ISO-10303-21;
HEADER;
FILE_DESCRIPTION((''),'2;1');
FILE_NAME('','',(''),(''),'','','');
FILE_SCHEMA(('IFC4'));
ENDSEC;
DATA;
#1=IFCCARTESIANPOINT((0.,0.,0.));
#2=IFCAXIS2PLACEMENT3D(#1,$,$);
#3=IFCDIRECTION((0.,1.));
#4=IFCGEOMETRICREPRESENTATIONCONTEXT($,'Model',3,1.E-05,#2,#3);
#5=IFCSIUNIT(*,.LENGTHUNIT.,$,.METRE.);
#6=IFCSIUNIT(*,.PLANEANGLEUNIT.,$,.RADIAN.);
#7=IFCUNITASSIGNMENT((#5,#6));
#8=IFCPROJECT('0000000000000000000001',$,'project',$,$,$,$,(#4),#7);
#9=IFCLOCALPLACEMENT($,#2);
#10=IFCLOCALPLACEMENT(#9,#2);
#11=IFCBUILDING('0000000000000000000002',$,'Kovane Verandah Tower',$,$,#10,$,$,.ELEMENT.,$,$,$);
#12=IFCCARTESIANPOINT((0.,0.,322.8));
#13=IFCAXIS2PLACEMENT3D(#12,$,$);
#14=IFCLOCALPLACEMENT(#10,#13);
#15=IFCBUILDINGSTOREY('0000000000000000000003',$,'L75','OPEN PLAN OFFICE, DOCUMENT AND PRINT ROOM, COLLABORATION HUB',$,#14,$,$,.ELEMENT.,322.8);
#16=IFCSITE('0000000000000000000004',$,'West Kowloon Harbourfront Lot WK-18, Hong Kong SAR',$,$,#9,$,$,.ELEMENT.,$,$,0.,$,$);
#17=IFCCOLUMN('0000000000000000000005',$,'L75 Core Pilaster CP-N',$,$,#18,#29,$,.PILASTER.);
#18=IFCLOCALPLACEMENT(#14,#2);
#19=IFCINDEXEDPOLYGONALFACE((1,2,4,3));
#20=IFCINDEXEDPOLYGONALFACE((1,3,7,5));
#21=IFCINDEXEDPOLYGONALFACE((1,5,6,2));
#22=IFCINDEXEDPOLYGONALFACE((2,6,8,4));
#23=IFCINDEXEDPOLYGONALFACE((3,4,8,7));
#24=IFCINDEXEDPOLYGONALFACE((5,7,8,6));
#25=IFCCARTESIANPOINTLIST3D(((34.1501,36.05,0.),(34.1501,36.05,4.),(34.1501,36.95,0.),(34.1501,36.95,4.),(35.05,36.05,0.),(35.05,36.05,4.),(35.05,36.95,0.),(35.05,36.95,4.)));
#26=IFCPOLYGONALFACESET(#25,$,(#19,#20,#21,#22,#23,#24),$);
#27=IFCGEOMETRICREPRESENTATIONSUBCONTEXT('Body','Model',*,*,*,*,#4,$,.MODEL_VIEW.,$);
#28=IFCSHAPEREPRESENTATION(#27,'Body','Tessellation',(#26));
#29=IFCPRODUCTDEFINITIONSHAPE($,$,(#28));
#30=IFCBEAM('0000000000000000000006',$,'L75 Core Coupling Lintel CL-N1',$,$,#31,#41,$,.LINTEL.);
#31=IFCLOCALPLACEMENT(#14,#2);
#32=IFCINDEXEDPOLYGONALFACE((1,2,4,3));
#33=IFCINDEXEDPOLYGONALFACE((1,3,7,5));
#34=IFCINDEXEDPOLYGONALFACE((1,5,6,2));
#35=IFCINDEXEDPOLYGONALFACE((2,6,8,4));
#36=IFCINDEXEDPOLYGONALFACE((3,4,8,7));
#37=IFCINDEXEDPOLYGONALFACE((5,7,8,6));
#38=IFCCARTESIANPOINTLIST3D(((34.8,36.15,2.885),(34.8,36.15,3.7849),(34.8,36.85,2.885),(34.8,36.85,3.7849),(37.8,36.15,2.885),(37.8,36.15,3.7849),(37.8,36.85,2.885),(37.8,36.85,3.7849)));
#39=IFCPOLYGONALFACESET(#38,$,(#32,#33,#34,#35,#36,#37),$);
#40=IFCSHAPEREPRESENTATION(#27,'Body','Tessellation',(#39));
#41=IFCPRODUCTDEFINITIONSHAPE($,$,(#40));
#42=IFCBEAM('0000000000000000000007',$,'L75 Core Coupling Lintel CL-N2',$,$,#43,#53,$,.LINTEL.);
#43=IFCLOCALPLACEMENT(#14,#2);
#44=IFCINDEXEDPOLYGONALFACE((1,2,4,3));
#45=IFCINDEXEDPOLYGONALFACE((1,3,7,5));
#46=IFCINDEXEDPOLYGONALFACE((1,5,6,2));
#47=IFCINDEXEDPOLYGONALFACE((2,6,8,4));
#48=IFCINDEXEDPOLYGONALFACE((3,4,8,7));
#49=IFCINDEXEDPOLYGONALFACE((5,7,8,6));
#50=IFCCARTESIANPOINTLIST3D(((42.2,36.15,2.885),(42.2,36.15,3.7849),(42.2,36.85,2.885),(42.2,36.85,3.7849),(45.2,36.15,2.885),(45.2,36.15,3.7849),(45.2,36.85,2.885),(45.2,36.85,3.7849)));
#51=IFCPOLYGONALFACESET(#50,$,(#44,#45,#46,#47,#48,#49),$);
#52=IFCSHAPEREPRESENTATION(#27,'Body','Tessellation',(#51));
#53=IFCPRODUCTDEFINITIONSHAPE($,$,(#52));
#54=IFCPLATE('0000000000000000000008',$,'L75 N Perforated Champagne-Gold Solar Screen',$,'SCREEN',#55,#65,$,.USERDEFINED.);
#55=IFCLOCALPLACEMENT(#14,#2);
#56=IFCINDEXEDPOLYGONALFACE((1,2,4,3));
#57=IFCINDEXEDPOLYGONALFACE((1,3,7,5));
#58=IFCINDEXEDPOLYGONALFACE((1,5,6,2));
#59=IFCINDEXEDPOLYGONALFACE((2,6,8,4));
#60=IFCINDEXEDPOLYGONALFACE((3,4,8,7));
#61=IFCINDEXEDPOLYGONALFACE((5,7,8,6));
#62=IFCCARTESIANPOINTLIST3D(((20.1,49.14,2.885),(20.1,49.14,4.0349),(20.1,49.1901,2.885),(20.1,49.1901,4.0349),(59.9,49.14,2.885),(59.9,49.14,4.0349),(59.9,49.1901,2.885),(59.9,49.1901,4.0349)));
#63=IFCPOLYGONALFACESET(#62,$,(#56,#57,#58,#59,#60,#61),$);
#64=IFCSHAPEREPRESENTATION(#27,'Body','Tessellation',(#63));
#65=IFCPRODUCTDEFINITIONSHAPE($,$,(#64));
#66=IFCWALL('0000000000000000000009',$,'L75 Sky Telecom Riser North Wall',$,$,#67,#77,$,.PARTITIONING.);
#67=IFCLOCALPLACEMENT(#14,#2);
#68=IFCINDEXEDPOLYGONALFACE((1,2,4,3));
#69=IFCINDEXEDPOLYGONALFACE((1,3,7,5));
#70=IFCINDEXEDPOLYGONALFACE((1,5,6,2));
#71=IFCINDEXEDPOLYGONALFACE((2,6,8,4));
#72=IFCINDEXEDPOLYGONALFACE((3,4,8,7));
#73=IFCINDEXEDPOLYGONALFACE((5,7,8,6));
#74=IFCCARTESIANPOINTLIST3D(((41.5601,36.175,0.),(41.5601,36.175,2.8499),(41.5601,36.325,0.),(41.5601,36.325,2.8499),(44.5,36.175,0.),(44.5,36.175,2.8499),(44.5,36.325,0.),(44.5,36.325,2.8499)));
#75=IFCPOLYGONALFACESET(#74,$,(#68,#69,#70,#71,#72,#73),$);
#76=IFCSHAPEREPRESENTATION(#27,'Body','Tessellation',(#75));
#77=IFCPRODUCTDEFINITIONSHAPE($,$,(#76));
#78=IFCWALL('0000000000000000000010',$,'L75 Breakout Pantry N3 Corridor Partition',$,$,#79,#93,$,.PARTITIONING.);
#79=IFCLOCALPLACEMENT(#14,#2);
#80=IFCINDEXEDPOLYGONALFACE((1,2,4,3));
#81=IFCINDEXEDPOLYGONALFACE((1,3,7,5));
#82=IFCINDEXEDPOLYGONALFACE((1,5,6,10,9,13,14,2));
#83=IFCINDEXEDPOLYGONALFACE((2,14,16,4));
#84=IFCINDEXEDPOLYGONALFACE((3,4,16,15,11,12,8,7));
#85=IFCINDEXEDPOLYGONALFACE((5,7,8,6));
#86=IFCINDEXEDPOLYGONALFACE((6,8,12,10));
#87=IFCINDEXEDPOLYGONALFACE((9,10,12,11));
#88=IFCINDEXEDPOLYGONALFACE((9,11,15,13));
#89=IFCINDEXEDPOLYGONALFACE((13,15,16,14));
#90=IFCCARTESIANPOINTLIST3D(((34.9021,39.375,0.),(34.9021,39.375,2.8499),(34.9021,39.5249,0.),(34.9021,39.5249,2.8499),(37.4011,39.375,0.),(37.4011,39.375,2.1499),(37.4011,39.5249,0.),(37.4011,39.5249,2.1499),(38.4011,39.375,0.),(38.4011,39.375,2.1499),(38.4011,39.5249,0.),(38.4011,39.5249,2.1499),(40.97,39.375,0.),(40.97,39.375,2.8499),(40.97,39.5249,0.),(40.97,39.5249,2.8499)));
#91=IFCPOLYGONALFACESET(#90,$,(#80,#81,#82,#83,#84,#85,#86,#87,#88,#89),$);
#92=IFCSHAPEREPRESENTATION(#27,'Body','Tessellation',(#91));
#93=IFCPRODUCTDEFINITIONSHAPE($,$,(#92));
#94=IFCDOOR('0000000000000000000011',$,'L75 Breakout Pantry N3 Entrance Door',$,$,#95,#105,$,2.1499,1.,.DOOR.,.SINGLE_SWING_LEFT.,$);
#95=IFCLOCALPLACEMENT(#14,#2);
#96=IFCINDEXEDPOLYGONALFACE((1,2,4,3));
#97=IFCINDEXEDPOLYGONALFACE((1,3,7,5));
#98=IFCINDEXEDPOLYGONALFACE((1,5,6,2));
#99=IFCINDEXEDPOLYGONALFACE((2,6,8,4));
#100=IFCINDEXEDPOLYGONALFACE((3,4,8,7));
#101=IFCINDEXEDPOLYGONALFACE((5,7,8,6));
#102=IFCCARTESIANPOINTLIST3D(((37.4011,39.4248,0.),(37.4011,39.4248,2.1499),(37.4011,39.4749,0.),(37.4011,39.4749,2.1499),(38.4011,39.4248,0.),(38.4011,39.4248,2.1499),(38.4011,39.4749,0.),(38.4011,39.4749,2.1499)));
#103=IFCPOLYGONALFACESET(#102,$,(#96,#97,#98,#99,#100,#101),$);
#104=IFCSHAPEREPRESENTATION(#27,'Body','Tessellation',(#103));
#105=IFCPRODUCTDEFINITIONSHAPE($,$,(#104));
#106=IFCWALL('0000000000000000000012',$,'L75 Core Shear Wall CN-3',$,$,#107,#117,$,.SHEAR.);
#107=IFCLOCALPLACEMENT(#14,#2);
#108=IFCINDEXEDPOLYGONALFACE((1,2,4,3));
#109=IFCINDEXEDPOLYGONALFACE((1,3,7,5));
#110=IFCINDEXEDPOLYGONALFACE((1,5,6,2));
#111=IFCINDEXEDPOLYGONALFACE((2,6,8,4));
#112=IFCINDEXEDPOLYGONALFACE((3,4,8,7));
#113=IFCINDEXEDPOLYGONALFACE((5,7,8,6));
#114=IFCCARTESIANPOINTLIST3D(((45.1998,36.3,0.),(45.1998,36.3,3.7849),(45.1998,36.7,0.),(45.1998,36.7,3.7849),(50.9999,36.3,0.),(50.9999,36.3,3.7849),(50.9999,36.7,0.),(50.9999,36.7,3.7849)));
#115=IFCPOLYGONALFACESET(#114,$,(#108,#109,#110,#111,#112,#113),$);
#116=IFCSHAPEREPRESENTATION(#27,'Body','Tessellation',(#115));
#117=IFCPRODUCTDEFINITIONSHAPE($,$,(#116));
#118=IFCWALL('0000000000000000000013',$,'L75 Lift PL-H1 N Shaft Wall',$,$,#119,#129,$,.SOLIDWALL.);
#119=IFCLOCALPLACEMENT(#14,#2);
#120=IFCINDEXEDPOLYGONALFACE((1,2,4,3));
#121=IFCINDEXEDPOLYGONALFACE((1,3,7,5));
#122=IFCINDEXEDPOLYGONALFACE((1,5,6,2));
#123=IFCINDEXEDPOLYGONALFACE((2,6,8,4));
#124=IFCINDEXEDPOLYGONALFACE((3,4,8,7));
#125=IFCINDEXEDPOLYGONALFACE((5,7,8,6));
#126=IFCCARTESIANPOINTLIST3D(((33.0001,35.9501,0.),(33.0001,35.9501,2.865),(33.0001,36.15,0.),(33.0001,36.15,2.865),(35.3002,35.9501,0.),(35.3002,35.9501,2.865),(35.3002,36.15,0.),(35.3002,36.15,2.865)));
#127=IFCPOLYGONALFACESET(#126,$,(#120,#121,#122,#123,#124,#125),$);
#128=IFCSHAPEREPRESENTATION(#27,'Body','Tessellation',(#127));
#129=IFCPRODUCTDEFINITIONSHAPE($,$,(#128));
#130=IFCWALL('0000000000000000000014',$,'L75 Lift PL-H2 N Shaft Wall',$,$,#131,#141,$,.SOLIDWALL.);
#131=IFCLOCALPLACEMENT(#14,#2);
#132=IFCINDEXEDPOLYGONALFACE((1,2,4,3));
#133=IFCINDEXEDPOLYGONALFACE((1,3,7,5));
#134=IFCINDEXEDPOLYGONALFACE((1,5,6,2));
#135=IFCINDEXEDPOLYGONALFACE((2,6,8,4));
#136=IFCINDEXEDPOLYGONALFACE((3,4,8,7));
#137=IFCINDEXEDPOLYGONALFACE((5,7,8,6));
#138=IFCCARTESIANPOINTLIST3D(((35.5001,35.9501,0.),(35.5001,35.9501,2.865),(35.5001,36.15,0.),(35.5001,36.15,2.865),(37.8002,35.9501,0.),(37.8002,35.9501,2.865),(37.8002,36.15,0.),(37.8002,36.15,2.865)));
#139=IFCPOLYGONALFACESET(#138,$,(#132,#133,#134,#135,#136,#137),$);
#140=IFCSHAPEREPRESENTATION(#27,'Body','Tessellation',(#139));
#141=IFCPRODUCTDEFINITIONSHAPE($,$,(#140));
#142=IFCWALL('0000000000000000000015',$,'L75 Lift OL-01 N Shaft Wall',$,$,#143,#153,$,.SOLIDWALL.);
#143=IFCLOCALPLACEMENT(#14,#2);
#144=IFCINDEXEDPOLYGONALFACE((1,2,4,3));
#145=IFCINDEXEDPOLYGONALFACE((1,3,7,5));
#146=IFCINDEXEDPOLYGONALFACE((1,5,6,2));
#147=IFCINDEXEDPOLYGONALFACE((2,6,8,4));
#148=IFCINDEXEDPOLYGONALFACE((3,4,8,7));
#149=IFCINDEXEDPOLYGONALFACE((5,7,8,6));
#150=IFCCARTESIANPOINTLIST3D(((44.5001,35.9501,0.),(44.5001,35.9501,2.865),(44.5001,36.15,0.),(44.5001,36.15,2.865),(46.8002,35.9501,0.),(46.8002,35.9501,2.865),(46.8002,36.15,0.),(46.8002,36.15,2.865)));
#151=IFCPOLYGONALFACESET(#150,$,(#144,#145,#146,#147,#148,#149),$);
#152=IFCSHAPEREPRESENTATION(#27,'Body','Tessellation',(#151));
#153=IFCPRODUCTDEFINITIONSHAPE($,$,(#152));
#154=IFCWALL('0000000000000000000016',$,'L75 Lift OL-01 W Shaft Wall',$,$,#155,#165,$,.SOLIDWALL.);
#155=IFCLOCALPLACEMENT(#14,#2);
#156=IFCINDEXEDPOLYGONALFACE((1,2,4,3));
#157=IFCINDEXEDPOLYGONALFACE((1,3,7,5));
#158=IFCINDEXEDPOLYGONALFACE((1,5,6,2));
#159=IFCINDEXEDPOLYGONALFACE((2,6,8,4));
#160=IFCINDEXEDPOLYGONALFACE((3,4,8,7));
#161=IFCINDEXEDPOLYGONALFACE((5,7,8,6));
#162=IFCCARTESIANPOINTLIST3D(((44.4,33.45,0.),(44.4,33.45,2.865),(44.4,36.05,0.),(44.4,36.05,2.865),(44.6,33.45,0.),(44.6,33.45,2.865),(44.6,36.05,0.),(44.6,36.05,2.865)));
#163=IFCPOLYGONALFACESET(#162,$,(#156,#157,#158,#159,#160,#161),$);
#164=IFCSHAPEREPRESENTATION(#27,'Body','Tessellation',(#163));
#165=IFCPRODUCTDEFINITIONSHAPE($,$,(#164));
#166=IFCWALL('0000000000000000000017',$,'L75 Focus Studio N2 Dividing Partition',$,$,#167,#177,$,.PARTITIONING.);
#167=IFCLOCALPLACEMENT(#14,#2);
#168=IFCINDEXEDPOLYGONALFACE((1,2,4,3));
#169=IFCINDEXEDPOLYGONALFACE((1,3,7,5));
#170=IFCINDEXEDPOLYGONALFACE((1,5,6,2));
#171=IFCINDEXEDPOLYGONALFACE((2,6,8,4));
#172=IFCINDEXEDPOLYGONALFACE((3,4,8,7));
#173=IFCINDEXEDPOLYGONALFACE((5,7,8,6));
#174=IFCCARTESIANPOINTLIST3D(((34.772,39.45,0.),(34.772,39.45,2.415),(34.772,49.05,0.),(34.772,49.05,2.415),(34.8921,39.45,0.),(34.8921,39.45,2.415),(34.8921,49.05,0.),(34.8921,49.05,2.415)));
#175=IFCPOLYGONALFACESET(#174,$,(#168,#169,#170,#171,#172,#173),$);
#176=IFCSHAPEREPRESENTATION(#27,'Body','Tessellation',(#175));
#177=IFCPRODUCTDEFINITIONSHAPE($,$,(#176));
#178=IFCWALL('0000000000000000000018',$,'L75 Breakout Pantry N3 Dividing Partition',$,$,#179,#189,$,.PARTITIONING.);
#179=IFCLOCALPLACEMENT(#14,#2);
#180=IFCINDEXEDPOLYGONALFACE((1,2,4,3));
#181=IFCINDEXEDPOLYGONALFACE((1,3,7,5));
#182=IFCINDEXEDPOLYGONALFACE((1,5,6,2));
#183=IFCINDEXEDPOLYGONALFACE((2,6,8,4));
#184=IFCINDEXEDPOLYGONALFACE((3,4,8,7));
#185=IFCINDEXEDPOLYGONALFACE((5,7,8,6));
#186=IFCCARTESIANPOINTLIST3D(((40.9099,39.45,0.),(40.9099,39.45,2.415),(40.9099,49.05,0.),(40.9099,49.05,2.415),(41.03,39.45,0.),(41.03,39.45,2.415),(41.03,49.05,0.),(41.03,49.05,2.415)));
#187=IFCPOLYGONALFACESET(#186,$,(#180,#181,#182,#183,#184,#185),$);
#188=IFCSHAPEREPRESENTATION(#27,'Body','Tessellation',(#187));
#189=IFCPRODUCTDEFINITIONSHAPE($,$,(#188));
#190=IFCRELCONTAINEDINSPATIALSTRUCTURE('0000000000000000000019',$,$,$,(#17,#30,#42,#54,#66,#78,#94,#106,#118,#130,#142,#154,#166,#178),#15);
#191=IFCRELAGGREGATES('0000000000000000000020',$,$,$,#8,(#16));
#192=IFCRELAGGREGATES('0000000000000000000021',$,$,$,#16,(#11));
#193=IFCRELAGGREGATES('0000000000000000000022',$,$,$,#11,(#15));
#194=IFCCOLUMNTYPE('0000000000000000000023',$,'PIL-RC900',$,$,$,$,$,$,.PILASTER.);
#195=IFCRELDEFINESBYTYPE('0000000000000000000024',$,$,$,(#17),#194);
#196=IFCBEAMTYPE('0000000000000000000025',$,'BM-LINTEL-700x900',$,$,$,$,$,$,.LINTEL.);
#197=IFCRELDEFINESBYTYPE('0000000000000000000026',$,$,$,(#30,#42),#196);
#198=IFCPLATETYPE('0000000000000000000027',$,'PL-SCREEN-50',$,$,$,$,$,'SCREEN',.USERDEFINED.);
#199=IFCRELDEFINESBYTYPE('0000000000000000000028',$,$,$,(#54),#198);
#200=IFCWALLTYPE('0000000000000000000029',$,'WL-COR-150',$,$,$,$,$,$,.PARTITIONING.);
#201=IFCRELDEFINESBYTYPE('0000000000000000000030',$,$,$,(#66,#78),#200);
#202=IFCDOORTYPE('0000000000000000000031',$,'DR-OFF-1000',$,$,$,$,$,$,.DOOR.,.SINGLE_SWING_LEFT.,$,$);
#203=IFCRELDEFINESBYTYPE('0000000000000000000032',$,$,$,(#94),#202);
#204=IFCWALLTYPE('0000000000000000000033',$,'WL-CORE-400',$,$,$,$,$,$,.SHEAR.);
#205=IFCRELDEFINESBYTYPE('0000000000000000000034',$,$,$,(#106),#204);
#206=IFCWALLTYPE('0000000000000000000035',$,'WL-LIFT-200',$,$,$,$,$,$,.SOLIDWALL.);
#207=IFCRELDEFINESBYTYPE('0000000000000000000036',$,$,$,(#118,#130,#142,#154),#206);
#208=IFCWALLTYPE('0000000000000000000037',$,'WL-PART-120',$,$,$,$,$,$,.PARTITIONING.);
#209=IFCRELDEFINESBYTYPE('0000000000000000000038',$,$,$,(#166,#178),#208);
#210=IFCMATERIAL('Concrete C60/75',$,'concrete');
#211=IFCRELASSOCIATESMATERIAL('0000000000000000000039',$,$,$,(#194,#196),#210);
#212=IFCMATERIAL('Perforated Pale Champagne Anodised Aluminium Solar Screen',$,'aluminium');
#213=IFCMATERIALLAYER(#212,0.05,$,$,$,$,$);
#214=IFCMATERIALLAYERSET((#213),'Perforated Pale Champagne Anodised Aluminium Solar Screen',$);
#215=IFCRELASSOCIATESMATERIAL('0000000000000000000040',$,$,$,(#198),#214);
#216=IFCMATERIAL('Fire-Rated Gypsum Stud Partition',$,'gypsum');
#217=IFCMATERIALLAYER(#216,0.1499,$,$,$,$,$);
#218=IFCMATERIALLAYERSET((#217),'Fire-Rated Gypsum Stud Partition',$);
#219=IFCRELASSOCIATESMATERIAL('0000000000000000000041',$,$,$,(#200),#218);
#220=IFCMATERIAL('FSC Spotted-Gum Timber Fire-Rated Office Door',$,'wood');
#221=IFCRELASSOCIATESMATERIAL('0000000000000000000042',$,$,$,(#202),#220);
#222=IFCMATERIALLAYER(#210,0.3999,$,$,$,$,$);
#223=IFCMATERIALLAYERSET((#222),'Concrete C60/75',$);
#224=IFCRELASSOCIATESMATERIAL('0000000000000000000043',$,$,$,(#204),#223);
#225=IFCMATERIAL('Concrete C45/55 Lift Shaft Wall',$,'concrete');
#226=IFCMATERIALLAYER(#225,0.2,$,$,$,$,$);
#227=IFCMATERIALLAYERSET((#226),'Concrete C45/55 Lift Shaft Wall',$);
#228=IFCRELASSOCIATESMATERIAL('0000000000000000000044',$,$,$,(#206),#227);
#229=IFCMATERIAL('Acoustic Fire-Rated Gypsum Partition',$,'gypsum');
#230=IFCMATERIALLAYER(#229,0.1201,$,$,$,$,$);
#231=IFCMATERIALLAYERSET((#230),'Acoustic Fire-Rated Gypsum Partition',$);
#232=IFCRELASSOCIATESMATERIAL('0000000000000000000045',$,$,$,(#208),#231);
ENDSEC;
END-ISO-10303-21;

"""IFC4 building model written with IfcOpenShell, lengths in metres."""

from ifc_helpers import new_model, si_unit, direction, frame, frame_2d, origin, origin_2d, place, context, subcontext, project, spatial, rectangle, extrude, material, layer, layer_set, material_profile, profile_set, type_object, element, fill, save


model = new_model("IFC4")

# Units and contexts
model_context = context("Model", 3, precision=1e-05, world=origin(), true_north=direction((0.0, 1.0)))
body_context = subcontext(model_context, "Body", "Model", "MODEL_VIEW")
ifc_project = project(units=[si_unit("LENGTHUNIT", "METRE"), si_unit("PLANEANGLEUNIT", "RADIAN")], contexts=[model_context])

# Site, building, storey
site_placement = place(None, origin())
site = spatial("IfcSite", under=ifc_project, at=site_placement, Name="West Kowloon Harbourfront Lot WK-18, Hong Kong SAR", CompositionType="ELEMENT", RefElevation=0.0)
building_placement = place(site_placement, origin())
building = spatial("IfcBuilding", under=site, at=building_placement, Name="Kovane Verandah Tower", CompositionType="ELEMENT")
storey_placement = place(building_placement, frame((0.0, 0.0, 322.8)))
storey = spatial("IfcBuildingStorey", under=building, at=storey_placement, Name="L75", Description="OPEN PLAN OFFICE, DOCUMENT AND PRINT ROOM, COLLABORATION HUB", CompositionType="ELEMENT", Elevation=322.8)

# Column
ifc_material_1 = material(Name="Concrete C60/75", Category="concrete")
ifc_material_profile_1 = material_profile(ifc_material_1, rectangle(XDim=0.8999, YDim=0.8999, at=origin_2d()), Name="RC900x900")
ifc_profile_set_1 = profile_set([ifc_material_profile_1], Name="Concrete C60/75")
column_type = type_object("IfcColumnType", Name="PIL-RC900", PredefinedType="PILASTER", material=ifc_profile_set_1)
column_placement = place(storey_placement, frame((34.6001, 36.5, 0.0), z_axis=(0.0, 0.0, 1.0), x_axis=(1.0, 0.0, 0.0)))
element("IfcColumn", 1, at=column_placement, inside=storey, type_object=column_type, Name="L75 Core Pilaster CP-N", PredefinedType="PILASTER", context=body_context, shape_type="SweptSolid", body=[
    extrude(rectangle(XDim=0.8999, YDim=0.8999, at=origin_2d()), origin(), (0.0, 0.0, 1.0), 4.0),
])

# Beams
ifc_material_profile_2 = material_profile(ifc_material_1, rectangle(XDim=0.7, YDim=0.8999, at=origin_2d()), Name="RCB700x900")
ifc_profile_set_2 = profile_set([ifc_material_profile_2], Name="Concrete C60/75")
beam_type = type_object("IfcBeamType", Name="BM-LINTEL-700x900", PredefinedType="LINTEL", material=ifc_profile_set_2)
for number, where, z_axis, x_axis, name in (
    (2, (34.8, 36.5, 3.335), (1.0, 0.0, 0.0), (0.0, 1.0, 0.0), "L75 Core Coupling Lintel CL-N1"),
    (3, (42.2, 36.5, 3.335), (1.0, 0.0, 0.0), (0.0, 1.0, 0.0), "L75 Core Coupling Lintel CL-N2"),
):
    element("IfcBeam", number, at=place(storey_placement, frame(where, z_axis=z_axis, x_axis=x_axis)), inside=storey, type_object=beam_type, Name=name, PredefinedType="LINTEL", context=body_context, shape_type="SweptSolid", body=[
        extrude(rectangle(XDim=0.7, YDim=0.8999, at=origin_2d()), origin(), (0.0, 0.0, 1.0), 3.0),
    ])

# Plate
ifc_material_2 = material(Name="Perforated Pale Champagne Anodised Aluminium Solar Screen", Category="aluminium")
ifc_layer_1 = layer(ifc_material_2, 0.05)
ifc_layer_set_1 = layer_set([ifc_layer_1], Name="Perforated Pale Champagne Anodised Aluminium Solar Screen")
plate_type = type_object("IfcPlateType", Name="PL-SCREEN-50", ElementType="SCREEN", PredefinedType="USERDEFINED", material=ifc_layer_set_1)
plate_placement = place(storey_placement, frame((40.0, 49.165, 2.885), z_axis=(0.0, 0.0, 1.0), x_axis=(-1.0, 0.0, 0.0)))
element("IfcPlate", 4, at=plate_placement, inside=storey, type_object=plate_type, Name="L75 N Perforated Champagne-Gold Solar Screen", ObjectType="SCREEN", PredefinedType="USERDEFINED", context=body_context, shape_type="SweptSolid", body=[
    extrude(rectangle(XDim=39.8, YDim=0.05, at=origin_2d()), origin(), (0.0, 0.0, 1.0), 1.1499),
])

# Wall
ifc_material_3 = material(Name="Fire-Rated Gypsum Stud Partition", Category="gypsum")
ifc_layer_2 = layer(ifc_material_3, 0.1499)
ifc_layer_set_2 = layer_set([ifc_layer_2], Name="Fire-Rated Gypsum Stud Partition")
wall_type_1 = type_object("IfcWallType", Name="WL-COR-150", PredefinedType="PARTITIONING", material=ifc_layer_set_2)
wall_1_placement = place(storey_placement, frame((41.5601, 36.25, 0.0), z_axis=(0.0, 0.0, 1.0), x_axis=(1.0, 0.0, 0.0)))
element("IfcWall", 5, at=wall_1_placement, inside=storey, type_object=wall_type_1, Name="L75 Sky Telecom Riser North Wall", PredefinedType="PARTITIONING", context=body_context, shape_type="SweptSolid", body=[
    extrude(rectangle(XDim=2.9399, YDim=0.1499, at=frame_2d((1.47, 0.0))), origin(), (0.0, 0.0, 1.0), 2.8499),
])

# Wall, opening, door
wall_2_placement = place(storey_placement, frame((34.9021, 39.45, 0.0), z_axis=(0.0, 0.0, 1.0), x_axis=(1.0, 0.0, 0.0)))
wall_2 = element("IfcWall", 6, at=wall_2_placement, inside=storey, type_object=wall_type_1, Name="L75 Breakout Pantry N3 Corridor Partition", PredefinedType="PARTITIONING", context=body_context, shape_type="SweptSolid", body=[
    extrude(rectangle(XDim=6.0679, YDim=0.1499, at=frame_2d((3.0339, 0.0))), origin(), (0.0, 0.0, 1.0), 2.8499),
])
opening_1_placement = place(wall_2_placement, frame((2.499, 0.0, 0.0)))
opening_1 = element("IfcOpeningElement", 7, at=opening_1_placement, cuts=wall_2, PredefinedType="OPENING", context=body_context, shape_type="SweptSolid", body=[
    extrude(rectangle(XDim=1.0, YDim=2.1499, at=frame_2d((0.5, 1.075))), frame((0.0, 0.075, 0.0), z_axis=(0.0, -1.0, 0.0), x_axis=(1.0, 0.0, 0.0)), (0.0, 0.0, 1.0), 0.1499),
])
ifc_material_4 = material(Name="FSC Spotted-Gum Timber Fire-Rated Office Door", Category="wood")
door_type_1 = type_object("IfcDoorType", Name="DR-OFF-1000", OperationType="SINGLE_SWING_LEFT", PredefinedType="DOOR", material=ifc_material_4)
door_1_placement = place(opening_1_placement, origin())
door_1 = element("IfcDoor", 8, at=door_1_placement, inside=storey, type_object=door_type_1, Name="L75 Breakout Pantry N3 Entrance Door", OperationType="SINGLE_SWING_LEFT", OverallHeight=2.1499, OverallWidth=1.0, PredefinedType="DOOR", context=body_context, shape_type="SweptSolid", body=[
    extrude(rectangle(XDim=1.0, YDim=2.1499, at=frame_2d((0.5, 1.075))), frame((0.0, 0.0249, 0.0), z_axis=(0.0, -1.0, 0.0), x_axis=(1.0, 0.0, 0.0)), (0.0, 0.0, 1.0), 0.05),
])
fill(opening_1, door_1)
ifc_layer_3 = layer(ifc_material_1, 0.3999)
ifc_layer_set_3 = layer_set([ifc_layer_3], Name="Concrete C60/75")
wall_type_2 = type_object("IfcWallType", Name="WL-CORE-400", PredefinedType="SHEAR", material=ifc_layer_set_3)

# Walls
wall_3_placement = place(storey_placement, frame((45.2, 36.5, 0.0), z_axis=(0.0, 0.0, 1.0), x_axis=(1.0, 0.0, 0.0)))
element("IfcWall", 9, at=wall_3_placement, inside=storey, type_object=wall_type_2, Name="L75 Core Shear Wall CN-3", PredefinedType="SHEAR", context=body_context, shape_type="SweptSolid", body=[
    extrude(rectangle(XDim=5.8, YDim=0.3999, at=frame_2d((2.8999, 0.0))), origin(), (0.0, 0.0, 1.0), 3.7849),
])
ifc_material_5 = material(Name="Concrete C45/55 Lift Shaft Wall", Category="concrete")
ifc_layer_4 = layer(ifc_material_5, 0.2)
ifc_layer_set_4 = layer_set([ifc_layer_4], Name="Concrete C45/55 Lift Shaft Wall")
wall_type_3 = type_object("IfcWallType", Name="WL-LIFT-200", PredefinedType="SOLIDWALL", material=ifc_layer_set_4)
for number, where, z_axis, x_axis, name in (
    (10, (35.3, 36.05, 0.0), (0.0, 0.0, 1.0), (-1.0, 0.0, 0.0), "L75 Lift PL-H1 N Shaft Wall"),
    (11, (37.8, 36.05, 0.0), (0.0, 0.0, 1.0), (-1.0, 0.0, 0.0), "L75 Lift PL-H2 N Shaft Wall"),
    (12, (46.8, 36.05, 0.0), (0.0, 0.0, 1.0), (-1.0, 0.0, 0.0), "L75 Lift OL-01 N Shaft Wall"),
):
    element("IfcWall", number, at=place(storey_placement, frame(where, z_axis=z_axis, x_axis=x_axis)), inside=storey, type_object=wall_type_3, Name=name, PredefinedType="SOLIDWALL", context=body_context, shape_type="SweptSolid", body=[
        extrude(rectangle(XDim=2.3, YDim=0.2, at=frame_2d((1.1499, 0.0))), origin(), (0.0, 0.0, 1.0), 2.865),
    ])
wall_4_placement = place(storey_placement, frame((44.5, 36.05, 0.0), z_axis=(0.0, 0.0, 1.0), x_axis=(0.0, -1.0, 0.0)))
element("IfcWall", 13, at=wall_4_placement, inside=storey, type_object=wall_type_3, Name="L75 Lift OL-01 W Shaft Wall", PredefinedType="SOLIDWALL", context=body_context, shape_type="SweptSolid", body=[
    extrude(rectangle(XDim=2.6001, YDim=0.2, at=frame_2d((1.3, 0.0))), origin(), (0.0, 0.0, 1.0), 2.865),
])
ifc_material_6 = material(Name="Acoustic Fire-Rated Gypsum Partition", Category="gypsum")
ifc_layer_5 = layer(ifc_material_6, 0.1201)
ifc_layer_set_5 = layer_set([ifc_layer_5], Name="Acoustic Fire-Rated Gypsum Partition")
wall_type_4 = type_object("IfcWallType", Name="WL-PART-120", PredefinedType="PARTITIONING", material=ifc_layer_set_5)
for number, where, z_axis, x_axis, name in (
    (14, (34.832, 39.45, 0.0), (0.0, 0.0, 1.0), (0.0, 1.0, 0.0), "L75 Focus Studio N2 Dividing Partition"),
    (15, (40.97, 39.45, 0.0), (0.0, 0.0, 1.0), (0.0, 1.0, 0.0), "L75 Breakout Pantry N3 Dividing Partition"),
):
    element("IfcWall", number, at=place(storey_placement, frame(where, z_axis=z_axis, x_axis=x_axis)), inside=storey, type_object=wall_type_4, Name=name, PredefinedType="PARTITIONING", context=body_context, shape_type="SweptSolid", body=[
        extrude(rectangle(XDim=9.6001, YDim=0.1201, at=frame_2d((4.8, 0.0))), origin(), (0.0, 0.0, 1.0), 2.415),
    ])

save(model, "model.ifc")
